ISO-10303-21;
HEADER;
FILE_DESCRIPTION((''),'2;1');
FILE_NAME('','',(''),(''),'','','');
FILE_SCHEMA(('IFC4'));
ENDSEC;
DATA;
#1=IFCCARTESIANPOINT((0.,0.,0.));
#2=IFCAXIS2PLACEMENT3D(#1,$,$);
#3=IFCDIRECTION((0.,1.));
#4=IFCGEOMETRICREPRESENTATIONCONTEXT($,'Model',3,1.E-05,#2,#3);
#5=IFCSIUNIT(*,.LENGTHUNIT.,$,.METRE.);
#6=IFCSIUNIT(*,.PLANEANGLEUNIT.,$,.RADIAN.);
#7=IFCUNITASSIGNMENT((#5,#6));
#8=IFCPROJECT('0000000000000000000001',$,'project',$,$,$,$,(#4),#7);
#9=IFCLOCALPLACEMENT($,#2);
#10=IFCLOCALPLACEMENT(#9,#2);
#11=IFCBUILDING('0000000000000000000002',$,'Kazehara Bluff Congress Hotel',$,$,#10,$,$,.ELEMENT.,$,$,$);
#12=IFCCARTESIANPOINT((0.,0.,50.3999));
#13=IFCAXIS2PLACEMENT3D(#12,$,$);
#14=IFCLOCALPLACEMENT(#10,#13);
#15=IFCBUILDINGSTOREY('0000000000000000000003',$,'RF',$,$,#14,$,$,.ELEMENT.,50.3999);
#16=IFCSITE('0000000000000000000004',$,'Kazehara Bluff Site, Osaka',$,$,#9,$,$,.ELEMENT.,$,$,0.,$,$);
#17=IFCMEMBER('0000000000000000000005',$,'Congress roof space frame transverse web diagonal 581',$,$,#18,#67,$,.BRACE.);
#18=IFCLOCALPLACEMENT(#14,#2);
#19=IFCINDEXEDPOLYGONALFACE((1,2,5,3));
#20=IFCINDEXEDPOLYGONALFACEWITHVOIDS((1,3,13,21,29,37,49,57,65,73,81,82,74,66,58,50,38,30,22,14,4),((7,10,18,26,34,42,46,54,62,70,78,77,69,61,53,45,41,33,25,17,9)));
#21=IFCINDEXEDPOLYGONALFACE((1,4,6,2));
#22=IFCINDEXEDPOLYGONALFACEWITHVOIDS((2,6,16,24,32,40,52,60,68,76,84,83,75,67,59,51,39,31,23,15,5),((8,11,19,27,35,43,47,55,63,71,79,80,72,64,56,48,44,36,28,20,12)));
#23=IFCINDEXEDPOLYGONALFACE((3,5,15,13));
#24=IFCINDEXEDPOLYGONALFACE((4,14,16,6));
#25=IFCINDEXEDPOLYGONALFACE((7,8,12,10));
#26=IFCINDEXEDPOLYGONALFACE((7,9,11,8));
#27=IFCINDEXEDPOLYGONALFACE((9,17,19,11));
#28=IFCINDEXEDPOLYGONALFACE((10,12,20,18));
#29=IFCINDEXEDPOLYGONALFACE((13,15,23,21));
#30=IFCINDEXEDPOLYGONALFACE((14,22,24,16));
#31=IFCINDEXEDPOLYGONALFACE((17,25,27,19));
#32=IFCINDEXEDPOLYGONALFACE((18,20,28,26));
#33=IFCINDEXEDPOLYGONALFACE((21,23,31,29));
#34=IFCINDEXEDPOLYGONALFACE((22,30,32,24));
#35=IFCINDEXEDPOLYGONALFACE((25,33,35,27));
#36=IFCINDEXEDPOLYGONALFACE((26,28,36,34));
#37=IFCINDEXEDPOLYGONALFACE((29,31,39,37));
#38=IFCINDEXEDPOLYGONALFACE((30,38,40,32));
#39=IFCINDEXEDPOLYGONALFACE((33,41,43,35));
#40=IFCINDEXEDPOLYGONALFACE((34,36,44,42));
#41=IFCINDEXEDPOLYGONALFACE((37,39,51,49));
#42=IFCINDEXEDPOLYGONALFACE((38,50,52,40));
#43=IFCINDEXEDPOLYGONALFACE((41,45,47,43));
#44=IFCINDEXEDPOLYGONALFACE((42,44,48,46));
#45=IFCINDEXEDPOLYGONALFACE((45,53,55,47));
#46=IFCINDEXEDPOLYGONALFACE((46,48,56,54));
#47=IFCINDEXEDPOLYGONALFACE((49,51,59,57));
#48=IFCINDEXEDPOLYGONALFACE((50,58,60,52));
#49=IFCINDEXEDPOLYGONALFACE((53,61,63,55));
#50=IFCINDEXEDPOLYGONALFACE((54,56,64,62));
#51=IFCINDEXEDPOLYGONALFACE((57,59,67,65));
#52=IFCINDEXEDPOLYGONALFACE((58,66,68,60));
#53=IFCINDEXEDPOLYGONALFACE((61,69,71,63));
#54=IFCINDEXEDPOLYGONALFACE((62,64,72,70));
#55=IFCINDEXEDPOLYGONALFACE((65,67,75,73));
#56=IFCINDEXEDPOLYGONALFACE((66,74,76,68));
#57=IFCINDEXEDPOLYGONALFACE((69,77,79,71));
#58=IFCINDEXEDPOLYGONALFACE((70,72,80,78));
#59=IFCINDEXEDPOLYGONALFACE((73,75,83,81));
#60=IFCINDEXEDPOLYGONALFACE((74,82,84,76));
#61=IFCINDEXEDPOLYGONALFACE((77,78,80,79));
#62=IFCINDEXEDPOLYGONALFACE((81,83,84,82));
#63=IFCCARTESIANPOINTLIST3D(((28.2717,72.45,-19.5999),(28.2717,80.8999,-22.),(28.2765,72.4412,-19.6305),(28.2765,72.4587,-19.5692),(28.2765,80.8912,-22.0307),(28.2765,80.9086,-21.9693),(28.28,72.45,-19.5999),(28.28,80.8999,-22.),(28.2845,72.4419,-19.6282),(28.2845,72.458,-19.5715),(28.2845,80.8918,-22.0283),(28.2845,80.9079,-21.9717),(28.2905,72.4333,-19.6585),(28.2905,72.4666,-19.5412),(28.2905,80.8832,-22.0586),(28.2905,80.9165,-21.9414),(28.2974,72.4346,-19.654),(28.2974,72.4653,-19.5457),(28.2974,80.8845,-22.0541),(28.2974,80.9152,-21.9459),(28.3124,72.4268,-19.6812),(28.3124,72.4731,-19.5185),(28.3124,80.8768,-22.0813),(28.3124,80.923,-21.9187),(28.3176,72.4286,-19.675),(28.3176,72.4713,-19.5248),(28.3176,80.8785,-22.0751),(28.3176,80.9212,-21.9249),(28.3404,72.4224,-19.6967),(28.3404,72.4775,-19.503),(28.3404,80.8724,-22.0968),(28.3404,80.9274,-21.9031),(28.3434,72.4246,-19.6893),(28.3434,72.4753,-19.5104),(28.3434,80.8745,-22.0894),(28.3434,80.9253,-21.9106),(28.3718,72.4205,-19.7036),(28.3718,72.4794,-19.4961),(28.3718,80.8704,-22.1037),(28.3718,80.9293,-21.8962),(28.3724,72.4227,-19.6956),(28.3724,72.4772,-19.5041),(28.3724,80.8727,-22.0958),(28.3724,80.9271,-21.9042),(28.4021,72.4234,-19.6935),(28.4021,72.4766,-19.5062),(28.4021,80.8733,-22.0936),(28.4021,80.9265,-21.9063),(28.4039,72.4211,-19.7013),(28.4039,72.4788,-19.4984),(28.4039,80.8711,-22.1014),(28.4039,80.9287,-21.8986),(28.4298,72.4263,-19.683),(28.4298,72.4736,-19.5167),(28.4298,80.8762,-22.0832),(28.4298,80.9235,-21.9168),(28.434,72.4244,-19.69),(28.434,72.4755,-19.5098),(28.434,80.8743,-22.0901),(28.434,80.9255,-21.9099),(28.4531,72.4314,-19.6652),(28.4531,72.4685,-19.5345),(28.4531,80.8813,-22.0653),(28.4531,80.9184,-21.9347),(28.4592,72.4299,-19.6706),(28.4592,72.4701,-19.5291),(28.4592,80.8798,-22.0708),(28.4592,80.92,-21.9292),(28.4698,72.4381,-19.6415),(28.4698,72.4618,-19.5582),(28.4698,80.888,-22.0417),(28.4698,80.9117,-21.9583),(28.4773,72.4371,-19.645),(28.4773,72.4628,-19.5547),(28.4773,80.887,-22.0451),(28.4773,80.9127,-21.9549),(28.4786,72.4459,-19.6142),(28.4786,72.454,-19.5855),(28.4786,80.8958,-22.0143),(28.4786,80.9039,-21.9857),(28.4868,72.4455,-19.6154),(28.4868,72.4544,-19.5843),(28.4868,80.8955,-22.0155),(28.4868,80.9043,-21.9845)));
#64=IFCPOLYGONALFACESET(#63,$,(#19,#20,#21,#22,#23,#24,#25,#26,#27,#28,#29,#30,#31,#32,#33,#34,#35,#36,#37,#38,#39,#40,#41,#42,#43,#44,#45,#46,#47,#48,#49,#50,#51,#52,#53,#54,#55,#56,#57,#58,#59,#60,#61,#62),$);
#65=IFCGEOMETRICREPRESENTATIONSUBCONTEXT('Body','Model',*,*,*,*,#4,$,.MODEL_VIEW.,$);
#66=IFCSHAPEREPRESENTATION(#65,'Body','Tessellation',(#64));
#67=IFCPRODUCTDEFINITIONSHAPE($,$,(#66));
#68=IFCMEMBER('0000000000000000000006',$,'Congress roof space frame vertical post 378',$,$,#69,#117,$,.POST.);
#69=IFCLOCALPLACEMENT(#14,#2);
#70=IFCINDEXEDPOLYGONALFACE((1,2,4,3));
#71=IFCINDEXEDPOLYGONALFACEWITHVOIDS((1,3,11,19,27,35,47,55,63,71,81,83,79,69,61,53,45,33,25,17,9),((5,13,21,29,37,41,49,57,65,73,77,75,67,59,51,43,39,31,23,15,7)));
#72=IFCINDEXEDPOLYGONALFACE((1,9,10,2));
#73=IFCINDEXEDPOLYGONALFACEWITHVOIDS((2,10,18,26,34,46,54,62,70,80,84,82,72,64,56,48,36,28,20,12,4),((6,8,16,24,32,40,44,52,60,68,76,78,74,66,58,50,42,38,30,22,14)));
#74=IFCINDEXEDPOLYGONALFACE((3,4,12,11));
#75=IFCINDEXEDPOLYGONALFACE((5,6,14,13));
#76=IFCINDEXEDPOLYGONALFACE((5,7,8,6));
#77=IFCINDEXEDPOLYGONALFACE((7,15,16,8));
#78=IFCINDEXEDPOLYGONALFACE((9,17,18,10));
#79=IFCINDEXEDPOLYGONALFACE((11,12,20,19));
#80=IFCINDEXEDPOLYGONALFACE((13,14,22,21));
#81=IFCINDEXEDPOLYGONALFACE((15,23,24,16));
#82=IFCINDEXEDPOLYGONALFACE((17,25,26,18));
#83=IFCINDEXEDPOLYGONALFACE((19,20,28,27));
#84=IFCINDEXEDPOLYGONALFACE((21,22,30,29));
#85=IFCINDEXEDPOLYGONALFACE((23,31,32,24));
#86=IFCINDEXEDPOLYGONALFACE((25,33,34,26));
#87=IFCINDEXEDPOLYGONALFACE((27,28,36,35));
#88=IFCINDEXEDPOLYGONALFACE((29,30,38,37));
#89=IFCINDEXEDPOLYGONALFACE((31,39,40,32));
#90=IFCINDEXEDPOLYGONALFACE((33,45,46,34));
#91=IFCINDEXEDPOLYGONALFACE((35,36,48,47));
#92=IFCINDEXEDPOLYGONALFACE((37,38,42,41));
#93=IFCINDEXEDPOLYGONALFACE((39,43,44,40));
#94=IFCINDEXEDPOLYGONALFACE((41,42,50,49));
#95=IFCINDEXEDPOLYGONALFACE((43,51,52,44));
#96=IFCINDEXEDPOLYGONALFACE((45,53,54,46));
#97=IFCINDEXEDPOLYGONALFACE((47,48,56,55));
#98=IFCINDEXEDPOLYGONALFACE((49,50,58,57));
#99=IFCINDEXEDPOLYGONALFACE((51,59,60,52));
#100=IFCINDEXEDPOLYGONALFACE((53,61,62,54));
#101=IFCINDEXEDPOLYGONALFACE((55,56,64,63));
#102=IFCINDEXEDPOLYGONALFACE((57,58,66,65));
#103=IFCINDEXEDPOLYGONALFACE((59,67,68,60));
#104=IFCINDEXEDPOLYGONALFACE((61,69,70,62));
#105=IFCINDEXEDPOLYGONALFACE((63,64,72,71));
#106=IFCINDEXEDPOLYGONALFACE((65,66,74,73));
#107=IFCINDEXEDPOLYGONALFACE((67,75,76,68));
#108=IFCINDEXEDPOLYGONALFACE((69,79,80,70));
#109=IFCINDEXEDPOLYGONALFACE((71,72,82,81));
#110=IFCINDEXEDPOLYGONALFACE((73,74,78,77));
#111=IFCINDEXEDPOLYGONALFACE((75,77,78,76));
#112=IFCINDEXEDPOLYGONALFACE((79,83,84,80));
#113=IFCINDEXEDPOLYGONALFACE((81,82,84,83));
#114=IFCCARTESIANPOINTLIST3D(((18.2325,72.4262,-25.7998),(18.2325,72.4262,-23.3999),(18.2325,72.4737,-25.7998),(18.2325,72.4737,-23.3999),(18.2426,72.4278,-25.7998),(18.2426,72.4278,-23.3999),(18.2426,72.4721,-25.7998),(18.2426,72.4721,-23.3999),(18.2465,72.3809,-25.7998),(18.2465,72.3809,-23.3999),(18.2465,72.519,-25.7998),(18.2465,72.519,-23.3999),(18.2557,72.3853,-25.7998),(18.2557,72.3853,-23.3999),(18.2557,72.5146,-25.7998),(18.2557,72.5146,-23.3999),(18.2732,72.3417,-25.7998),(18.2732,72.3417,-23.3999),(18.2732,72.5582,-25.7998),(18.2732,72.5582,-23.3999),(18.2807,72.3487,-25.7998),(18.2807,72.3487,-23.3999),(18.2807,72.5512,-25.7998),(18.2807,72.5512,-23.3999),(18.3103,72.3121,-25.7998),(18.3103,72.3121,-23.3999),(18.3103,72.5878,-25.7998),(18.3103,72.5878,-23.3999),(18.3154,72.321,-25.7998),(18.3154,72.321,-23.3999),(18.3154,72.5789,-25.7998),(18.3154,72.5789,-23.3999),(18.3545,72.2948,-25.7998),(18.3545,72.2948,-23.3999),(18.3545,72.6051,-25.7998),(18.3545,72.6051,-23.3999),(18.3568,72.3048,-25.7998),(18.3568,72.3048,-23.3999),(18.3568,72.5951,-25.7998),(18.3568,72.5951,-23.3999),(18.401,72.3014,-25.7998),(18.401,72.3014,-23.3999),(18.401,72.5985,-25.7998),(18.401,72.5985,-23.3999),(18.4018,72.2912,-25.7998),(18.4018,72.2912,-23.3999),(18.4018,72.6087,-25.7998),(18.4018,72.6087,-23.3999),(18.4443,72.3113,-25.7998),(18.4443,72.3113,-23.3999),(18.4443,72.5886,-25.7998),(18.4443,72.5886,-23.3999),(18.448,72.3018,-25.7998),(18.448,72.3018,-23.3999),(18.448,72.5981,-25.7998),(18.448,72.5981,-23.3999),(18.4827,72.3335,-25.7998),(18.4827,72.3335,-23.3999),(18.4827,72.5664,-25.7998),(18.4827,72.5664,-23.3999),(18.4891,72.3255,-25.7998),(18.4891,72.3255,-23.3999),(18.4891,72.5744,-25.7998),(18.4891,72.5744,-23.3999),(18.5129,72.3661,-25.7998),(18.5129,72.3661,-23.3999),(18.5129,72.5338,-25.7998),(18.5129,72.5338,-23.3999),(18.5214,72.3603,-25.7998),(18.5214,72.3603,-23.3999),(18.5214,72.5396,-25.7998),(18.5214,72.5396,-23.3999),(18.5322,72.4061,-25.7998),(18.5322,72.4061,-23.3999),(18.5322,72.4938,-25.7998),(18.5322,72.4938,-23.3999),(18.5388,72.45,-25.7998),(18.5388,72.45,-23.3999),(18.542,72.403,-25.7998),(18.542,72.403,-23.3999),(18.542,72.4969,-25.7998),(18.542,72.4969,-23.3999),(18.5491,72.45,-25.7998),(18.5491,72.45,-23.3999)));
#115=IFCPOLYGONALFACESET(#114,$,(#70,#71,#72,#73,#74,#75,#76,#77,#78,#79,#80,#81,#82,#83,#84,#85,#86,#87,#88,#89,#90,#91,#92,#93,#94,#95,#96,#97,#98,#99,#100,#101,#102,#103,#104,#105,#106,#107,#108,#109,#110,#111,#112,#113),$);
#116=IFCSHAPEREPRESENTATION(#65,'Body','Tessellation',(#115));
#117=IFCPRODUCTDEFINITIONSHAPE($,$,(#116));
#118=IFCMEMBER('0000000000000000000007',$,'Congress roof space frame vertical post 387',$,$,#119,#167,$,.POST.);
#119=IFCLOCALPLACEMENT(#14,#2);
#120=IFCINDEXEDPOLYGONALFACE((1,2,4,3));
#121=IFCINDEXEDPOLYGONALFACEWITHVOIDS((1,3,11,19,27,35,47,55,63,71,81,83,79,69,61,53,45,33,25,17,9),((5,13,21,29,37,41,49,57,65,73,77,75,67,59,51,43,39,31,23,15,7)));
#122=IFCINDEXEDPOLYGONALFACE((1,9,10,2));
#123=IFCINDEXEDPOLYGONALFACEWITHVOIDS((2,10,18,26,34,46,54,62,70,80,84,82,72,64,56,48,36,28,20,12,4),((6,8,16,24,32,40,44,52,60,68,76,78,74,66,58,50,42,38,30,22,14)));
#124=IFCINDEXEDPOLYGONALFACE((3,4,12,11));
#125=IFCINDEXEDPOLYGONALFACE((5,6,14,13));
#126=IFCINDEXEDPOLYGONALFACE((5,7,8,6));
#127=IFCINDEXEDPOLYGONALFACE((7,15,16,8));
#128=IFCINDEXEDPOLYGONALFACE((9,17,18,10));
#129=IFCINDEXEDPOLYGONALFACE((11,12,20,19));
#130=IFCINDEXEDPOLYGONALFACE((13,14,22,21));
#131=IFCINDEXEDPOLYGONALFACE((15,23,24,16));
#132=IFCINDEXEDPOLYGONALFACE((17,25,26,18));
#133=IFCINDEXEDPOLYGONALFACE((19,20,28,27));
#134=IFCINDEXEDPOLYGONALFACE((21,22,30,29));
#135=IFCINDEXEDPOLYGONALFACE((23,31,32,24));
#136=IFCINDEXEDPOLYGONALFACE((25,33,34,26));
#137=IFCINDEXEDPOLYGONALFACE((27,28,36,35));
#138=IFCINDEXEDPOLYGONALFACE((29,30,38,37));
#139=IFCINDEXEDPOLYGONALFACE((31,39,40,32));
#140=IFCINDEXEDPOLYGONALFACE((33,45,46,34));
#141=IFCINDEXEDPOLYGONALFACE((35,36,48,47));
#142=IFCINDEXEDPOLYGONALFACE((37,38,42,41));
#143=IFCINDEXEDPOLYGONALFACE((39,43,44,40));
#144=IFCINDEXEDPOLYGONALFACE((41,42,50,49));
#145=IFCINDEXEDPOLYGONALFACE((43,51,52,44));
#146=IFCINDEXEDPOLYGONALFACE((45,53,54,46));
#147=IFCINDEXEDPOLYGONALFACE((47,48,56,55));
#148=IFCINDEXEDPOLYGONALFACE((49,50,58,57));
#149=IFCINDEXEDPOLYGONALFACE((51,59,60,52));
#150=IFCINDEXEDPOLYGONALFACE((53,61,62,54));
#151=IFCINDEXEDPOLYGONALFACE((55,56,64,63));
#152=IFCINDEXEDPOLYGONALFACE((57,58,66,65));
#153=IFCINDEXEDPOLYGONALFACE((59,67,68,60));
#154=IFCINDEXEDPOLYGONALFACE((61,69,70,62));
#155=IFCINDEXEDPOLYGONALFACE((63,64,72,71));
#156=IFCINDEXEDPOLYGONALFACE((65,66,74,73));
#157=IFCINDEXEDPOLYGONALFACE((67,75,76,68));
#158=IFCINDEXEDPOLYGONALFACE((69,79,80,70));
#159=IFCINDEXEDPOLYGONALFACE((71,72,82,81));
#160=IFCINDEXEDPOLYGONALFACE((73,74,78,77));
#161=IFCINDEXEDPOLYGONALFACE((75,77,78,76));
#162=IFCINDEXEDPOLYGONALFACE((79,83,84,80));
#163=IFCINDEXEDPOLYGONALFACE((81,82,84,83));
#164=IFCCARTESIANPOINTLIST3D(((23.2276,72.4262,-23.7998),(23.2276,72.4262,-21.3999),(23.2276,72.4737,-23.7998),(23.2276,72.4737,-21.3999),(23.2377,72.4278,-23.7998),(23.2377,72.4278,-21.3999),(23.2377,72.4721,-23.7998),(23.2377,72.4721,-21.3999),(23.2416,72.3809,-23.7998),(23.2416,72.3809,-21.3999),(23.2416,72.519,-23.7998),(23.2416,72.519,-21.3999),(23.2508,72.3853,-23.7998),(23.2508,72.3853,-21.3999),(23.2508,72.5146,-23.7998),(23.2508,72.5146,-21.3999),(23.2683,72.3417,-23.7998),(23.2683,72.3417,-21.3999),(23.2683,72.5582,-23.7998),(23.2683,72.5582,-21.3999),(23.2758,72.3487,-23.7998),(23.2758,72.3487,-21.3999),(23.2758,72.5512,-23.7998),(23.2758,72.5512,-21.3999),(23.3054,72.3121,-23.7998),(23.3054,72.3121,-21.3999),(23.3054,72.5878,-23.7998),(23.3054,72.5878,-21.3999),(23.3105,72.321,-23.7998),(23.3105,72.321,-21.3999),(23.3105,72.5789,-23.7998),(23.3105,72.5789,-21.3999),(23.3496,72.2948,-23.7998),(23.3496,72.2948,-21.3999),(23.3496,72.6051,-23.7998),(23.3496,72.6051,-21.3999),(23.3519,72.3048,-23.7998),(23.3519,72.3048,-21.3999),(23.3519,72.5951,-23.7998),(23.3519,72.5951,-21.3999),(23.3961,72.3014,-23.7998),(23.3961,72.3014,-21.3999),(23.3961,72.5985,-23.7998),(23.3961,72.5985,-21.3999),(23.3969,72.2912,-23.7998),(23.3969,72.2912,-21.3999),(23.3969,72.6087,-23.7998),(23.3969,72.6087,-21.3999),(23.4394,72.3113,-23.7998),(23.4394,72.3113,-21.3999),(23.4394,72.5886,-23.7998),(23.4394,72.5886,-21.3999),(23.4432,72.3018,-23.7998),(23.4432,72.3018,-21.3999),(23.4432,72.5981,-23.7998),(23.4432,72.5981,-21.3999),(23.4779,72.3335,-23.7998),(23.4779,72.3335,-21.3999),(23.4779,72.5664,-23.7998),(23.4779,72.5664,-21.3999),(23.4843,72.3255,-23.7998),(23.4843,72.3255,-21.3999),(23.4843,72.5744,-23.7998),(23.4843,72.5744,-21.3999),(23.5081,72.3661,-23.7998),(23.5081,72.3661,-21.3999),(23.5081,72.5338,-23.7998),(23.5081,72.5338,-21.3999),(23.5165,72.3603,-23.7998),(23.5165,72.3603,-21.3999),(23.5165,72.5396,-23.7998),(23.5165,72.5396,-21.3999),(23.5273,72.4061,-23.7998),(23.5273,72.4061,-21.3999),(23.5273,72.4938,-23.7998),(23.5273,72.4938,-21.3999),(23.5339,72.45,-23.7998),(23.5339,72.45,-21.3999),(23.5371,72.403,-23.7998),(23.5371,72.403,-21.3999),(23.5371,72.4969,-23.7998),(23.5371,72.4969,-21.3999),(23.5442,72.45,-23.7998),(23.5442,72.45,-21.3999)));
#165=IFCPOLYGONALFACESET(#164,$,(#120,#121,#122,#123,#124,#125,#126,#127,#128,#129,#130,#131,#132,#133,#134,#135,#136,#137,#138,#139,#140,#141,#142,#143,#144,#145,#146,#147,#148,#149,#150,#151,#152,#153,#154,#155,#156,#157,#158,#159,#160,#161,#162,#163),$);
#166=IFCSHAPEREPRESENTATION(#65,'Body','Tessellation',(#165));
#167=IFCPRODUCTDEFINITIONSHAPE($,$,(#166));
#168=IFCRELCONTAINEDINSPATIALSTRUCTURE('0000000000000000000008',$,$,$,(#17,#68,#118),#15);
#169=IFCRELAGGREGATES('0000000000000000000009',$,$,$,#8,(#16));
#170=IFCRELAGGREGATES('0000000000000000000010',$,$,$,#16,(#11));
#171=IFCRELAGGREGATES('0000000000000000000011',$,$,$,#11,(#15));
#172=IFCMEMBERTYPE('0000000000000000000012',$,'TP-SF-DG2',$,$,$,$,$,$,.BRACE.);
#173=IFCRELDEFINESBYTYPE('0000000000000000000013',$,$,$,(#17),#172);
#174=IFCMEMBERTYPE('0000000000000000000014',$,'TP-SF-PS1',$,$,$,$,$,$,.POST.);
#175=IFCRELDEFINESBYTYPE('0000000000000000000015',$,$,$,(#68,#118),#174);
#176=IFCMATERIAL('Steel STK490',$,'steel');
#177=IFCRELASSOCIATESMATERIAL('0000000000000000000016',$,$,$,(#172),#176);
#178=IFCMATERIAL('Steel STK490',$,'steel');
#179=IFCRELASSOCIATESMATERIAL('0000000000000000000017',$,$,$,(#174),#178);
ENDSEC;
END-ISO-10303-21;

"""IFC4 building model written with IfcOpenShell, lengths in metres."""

from ifc_helpers import new_model, si_unit, direction, frame, origin, origin_2d, place, context, subcontext, project, spatial, hollow_circle, extrude, material, material_profile, profile_set, type_object, element, save


model = new_model("IFC4")

# Units and contexts
model_context = context("Model", 3, precision=1e-05, world=origin(), true_north=direction((0.0, 1.0)))
body_context = subcontext(model_context, "Body", "Model", "MODEL_VIEW")
ifc_project = project(units=[si_unit("LENGTHUNIT", "METRE"), si_unit("PLANEANGLEUNIT", "RADIAN")], contexts=[model_context])

# Site, building, storey
site_placement = place(None, origin())
site = spatial("IfcSite", under=ifc_project, at=site_placement, Name="Kazehara Bluff Site, Osaka", CompositionType="ELEMENT", RefElevation=0.0)
building_placement = place(site_placement, origin())
building = spatial("IfcBuilding", under=site, at=building_placement, Name="Kazehara Bluff Congress Hotel", CompositionType="ELEMENT")
storey_placement = place(building_placement, frame((0.0, 0.0, 50.3999)))
storey = spatial("IfcBuildingStorey", under=building, at=storey_placement, Name="RF", CompositionType="ELEMENT", Elevation=50.3999)

# Members
ifc_material_1 = material(Name="Steel STK490", Category="steel")
ifc_material_profile_1 = material_profile(ifc_material_1, hollow_circle(Radius=0.1082, WallThickness=0.0083, at=origin_2d()))
ifc_profile_set_1 = profile_set([ifc_material_profile_1], Name="Steel STK490")
member_type_1 = type_object("IfcMemberType", Name="TP-SF-DG2", PredefinedType="BRACE", material=ifc_profile_set_1)
for number, where, z_axis, x_axis, name in (
    (1, (28.3799, 72.45, -19.5999), (0.0, 0.961948, -0.273234), (-1.0, 0.0, 0.0), "Congress roof space frame transverse web diagonal 581"),
):
    element("IfcMember", number, at=place(storey_placement, frame(where, z_axis=z_axis, x_axis=x_axis)), inside=storey, type_object=member_type_1, Name=name, PredefinedType="BRACE", context=body_context, shape_type="SweptSolid", body=[
        extrude(hollow_circle(Radius=0.1082, WallThickness=0.0083, at=origin_2d()), origin(), (0.0, 0.0, 1.0), 8.7842),
    ])
ifc_material_2 = material(Name="Steel STK490", Category="steel")
ifc_material_profile_2 = material_profile(ifc_material_2, hollow_circle(Radius=0.1592, WallThickness=0.0103, at=origin_2d()))
ifc_profile_set_2 = profile_set([ifc_material_profile_2], Name="Steel STK490")
member_type_2 = type_object("IfcMemberType", Name="TP-SF-PS1", PredefinedType="POST", material=ifc_profile_set_2)
for number, where, z_axis, x_axis, name in (
    (2, (18.3899, 72.45, -25.7998), (0.0, 0.0, 1.0), (1.0, 0.0, 0.0), "Congress roof space frame vertical post 378"),
    (3, (23.385, 72.45, -23.7998), (0.0, 0.0, 1.0), (1.0, 0.0, 0.0), "Congress roof space frame vertical post 387"),
):
    element("IfcMember", number, at=place(storey_placement, frame(where, z_axis=z_axis, x_axis=x_axis)), inside=storey, type_object=member_type_2, Name=name, PredefinedType="POST", context=body_context, shape_type="SweptSolid", body=[
        extrude(hollow_circle(Radius=0.1592, WallThickness=0.0103, at=origin_2d()), origin(), (0.0, 0.0, 1.0), 2.3999),
    ])

save(model, "model.ifc")
